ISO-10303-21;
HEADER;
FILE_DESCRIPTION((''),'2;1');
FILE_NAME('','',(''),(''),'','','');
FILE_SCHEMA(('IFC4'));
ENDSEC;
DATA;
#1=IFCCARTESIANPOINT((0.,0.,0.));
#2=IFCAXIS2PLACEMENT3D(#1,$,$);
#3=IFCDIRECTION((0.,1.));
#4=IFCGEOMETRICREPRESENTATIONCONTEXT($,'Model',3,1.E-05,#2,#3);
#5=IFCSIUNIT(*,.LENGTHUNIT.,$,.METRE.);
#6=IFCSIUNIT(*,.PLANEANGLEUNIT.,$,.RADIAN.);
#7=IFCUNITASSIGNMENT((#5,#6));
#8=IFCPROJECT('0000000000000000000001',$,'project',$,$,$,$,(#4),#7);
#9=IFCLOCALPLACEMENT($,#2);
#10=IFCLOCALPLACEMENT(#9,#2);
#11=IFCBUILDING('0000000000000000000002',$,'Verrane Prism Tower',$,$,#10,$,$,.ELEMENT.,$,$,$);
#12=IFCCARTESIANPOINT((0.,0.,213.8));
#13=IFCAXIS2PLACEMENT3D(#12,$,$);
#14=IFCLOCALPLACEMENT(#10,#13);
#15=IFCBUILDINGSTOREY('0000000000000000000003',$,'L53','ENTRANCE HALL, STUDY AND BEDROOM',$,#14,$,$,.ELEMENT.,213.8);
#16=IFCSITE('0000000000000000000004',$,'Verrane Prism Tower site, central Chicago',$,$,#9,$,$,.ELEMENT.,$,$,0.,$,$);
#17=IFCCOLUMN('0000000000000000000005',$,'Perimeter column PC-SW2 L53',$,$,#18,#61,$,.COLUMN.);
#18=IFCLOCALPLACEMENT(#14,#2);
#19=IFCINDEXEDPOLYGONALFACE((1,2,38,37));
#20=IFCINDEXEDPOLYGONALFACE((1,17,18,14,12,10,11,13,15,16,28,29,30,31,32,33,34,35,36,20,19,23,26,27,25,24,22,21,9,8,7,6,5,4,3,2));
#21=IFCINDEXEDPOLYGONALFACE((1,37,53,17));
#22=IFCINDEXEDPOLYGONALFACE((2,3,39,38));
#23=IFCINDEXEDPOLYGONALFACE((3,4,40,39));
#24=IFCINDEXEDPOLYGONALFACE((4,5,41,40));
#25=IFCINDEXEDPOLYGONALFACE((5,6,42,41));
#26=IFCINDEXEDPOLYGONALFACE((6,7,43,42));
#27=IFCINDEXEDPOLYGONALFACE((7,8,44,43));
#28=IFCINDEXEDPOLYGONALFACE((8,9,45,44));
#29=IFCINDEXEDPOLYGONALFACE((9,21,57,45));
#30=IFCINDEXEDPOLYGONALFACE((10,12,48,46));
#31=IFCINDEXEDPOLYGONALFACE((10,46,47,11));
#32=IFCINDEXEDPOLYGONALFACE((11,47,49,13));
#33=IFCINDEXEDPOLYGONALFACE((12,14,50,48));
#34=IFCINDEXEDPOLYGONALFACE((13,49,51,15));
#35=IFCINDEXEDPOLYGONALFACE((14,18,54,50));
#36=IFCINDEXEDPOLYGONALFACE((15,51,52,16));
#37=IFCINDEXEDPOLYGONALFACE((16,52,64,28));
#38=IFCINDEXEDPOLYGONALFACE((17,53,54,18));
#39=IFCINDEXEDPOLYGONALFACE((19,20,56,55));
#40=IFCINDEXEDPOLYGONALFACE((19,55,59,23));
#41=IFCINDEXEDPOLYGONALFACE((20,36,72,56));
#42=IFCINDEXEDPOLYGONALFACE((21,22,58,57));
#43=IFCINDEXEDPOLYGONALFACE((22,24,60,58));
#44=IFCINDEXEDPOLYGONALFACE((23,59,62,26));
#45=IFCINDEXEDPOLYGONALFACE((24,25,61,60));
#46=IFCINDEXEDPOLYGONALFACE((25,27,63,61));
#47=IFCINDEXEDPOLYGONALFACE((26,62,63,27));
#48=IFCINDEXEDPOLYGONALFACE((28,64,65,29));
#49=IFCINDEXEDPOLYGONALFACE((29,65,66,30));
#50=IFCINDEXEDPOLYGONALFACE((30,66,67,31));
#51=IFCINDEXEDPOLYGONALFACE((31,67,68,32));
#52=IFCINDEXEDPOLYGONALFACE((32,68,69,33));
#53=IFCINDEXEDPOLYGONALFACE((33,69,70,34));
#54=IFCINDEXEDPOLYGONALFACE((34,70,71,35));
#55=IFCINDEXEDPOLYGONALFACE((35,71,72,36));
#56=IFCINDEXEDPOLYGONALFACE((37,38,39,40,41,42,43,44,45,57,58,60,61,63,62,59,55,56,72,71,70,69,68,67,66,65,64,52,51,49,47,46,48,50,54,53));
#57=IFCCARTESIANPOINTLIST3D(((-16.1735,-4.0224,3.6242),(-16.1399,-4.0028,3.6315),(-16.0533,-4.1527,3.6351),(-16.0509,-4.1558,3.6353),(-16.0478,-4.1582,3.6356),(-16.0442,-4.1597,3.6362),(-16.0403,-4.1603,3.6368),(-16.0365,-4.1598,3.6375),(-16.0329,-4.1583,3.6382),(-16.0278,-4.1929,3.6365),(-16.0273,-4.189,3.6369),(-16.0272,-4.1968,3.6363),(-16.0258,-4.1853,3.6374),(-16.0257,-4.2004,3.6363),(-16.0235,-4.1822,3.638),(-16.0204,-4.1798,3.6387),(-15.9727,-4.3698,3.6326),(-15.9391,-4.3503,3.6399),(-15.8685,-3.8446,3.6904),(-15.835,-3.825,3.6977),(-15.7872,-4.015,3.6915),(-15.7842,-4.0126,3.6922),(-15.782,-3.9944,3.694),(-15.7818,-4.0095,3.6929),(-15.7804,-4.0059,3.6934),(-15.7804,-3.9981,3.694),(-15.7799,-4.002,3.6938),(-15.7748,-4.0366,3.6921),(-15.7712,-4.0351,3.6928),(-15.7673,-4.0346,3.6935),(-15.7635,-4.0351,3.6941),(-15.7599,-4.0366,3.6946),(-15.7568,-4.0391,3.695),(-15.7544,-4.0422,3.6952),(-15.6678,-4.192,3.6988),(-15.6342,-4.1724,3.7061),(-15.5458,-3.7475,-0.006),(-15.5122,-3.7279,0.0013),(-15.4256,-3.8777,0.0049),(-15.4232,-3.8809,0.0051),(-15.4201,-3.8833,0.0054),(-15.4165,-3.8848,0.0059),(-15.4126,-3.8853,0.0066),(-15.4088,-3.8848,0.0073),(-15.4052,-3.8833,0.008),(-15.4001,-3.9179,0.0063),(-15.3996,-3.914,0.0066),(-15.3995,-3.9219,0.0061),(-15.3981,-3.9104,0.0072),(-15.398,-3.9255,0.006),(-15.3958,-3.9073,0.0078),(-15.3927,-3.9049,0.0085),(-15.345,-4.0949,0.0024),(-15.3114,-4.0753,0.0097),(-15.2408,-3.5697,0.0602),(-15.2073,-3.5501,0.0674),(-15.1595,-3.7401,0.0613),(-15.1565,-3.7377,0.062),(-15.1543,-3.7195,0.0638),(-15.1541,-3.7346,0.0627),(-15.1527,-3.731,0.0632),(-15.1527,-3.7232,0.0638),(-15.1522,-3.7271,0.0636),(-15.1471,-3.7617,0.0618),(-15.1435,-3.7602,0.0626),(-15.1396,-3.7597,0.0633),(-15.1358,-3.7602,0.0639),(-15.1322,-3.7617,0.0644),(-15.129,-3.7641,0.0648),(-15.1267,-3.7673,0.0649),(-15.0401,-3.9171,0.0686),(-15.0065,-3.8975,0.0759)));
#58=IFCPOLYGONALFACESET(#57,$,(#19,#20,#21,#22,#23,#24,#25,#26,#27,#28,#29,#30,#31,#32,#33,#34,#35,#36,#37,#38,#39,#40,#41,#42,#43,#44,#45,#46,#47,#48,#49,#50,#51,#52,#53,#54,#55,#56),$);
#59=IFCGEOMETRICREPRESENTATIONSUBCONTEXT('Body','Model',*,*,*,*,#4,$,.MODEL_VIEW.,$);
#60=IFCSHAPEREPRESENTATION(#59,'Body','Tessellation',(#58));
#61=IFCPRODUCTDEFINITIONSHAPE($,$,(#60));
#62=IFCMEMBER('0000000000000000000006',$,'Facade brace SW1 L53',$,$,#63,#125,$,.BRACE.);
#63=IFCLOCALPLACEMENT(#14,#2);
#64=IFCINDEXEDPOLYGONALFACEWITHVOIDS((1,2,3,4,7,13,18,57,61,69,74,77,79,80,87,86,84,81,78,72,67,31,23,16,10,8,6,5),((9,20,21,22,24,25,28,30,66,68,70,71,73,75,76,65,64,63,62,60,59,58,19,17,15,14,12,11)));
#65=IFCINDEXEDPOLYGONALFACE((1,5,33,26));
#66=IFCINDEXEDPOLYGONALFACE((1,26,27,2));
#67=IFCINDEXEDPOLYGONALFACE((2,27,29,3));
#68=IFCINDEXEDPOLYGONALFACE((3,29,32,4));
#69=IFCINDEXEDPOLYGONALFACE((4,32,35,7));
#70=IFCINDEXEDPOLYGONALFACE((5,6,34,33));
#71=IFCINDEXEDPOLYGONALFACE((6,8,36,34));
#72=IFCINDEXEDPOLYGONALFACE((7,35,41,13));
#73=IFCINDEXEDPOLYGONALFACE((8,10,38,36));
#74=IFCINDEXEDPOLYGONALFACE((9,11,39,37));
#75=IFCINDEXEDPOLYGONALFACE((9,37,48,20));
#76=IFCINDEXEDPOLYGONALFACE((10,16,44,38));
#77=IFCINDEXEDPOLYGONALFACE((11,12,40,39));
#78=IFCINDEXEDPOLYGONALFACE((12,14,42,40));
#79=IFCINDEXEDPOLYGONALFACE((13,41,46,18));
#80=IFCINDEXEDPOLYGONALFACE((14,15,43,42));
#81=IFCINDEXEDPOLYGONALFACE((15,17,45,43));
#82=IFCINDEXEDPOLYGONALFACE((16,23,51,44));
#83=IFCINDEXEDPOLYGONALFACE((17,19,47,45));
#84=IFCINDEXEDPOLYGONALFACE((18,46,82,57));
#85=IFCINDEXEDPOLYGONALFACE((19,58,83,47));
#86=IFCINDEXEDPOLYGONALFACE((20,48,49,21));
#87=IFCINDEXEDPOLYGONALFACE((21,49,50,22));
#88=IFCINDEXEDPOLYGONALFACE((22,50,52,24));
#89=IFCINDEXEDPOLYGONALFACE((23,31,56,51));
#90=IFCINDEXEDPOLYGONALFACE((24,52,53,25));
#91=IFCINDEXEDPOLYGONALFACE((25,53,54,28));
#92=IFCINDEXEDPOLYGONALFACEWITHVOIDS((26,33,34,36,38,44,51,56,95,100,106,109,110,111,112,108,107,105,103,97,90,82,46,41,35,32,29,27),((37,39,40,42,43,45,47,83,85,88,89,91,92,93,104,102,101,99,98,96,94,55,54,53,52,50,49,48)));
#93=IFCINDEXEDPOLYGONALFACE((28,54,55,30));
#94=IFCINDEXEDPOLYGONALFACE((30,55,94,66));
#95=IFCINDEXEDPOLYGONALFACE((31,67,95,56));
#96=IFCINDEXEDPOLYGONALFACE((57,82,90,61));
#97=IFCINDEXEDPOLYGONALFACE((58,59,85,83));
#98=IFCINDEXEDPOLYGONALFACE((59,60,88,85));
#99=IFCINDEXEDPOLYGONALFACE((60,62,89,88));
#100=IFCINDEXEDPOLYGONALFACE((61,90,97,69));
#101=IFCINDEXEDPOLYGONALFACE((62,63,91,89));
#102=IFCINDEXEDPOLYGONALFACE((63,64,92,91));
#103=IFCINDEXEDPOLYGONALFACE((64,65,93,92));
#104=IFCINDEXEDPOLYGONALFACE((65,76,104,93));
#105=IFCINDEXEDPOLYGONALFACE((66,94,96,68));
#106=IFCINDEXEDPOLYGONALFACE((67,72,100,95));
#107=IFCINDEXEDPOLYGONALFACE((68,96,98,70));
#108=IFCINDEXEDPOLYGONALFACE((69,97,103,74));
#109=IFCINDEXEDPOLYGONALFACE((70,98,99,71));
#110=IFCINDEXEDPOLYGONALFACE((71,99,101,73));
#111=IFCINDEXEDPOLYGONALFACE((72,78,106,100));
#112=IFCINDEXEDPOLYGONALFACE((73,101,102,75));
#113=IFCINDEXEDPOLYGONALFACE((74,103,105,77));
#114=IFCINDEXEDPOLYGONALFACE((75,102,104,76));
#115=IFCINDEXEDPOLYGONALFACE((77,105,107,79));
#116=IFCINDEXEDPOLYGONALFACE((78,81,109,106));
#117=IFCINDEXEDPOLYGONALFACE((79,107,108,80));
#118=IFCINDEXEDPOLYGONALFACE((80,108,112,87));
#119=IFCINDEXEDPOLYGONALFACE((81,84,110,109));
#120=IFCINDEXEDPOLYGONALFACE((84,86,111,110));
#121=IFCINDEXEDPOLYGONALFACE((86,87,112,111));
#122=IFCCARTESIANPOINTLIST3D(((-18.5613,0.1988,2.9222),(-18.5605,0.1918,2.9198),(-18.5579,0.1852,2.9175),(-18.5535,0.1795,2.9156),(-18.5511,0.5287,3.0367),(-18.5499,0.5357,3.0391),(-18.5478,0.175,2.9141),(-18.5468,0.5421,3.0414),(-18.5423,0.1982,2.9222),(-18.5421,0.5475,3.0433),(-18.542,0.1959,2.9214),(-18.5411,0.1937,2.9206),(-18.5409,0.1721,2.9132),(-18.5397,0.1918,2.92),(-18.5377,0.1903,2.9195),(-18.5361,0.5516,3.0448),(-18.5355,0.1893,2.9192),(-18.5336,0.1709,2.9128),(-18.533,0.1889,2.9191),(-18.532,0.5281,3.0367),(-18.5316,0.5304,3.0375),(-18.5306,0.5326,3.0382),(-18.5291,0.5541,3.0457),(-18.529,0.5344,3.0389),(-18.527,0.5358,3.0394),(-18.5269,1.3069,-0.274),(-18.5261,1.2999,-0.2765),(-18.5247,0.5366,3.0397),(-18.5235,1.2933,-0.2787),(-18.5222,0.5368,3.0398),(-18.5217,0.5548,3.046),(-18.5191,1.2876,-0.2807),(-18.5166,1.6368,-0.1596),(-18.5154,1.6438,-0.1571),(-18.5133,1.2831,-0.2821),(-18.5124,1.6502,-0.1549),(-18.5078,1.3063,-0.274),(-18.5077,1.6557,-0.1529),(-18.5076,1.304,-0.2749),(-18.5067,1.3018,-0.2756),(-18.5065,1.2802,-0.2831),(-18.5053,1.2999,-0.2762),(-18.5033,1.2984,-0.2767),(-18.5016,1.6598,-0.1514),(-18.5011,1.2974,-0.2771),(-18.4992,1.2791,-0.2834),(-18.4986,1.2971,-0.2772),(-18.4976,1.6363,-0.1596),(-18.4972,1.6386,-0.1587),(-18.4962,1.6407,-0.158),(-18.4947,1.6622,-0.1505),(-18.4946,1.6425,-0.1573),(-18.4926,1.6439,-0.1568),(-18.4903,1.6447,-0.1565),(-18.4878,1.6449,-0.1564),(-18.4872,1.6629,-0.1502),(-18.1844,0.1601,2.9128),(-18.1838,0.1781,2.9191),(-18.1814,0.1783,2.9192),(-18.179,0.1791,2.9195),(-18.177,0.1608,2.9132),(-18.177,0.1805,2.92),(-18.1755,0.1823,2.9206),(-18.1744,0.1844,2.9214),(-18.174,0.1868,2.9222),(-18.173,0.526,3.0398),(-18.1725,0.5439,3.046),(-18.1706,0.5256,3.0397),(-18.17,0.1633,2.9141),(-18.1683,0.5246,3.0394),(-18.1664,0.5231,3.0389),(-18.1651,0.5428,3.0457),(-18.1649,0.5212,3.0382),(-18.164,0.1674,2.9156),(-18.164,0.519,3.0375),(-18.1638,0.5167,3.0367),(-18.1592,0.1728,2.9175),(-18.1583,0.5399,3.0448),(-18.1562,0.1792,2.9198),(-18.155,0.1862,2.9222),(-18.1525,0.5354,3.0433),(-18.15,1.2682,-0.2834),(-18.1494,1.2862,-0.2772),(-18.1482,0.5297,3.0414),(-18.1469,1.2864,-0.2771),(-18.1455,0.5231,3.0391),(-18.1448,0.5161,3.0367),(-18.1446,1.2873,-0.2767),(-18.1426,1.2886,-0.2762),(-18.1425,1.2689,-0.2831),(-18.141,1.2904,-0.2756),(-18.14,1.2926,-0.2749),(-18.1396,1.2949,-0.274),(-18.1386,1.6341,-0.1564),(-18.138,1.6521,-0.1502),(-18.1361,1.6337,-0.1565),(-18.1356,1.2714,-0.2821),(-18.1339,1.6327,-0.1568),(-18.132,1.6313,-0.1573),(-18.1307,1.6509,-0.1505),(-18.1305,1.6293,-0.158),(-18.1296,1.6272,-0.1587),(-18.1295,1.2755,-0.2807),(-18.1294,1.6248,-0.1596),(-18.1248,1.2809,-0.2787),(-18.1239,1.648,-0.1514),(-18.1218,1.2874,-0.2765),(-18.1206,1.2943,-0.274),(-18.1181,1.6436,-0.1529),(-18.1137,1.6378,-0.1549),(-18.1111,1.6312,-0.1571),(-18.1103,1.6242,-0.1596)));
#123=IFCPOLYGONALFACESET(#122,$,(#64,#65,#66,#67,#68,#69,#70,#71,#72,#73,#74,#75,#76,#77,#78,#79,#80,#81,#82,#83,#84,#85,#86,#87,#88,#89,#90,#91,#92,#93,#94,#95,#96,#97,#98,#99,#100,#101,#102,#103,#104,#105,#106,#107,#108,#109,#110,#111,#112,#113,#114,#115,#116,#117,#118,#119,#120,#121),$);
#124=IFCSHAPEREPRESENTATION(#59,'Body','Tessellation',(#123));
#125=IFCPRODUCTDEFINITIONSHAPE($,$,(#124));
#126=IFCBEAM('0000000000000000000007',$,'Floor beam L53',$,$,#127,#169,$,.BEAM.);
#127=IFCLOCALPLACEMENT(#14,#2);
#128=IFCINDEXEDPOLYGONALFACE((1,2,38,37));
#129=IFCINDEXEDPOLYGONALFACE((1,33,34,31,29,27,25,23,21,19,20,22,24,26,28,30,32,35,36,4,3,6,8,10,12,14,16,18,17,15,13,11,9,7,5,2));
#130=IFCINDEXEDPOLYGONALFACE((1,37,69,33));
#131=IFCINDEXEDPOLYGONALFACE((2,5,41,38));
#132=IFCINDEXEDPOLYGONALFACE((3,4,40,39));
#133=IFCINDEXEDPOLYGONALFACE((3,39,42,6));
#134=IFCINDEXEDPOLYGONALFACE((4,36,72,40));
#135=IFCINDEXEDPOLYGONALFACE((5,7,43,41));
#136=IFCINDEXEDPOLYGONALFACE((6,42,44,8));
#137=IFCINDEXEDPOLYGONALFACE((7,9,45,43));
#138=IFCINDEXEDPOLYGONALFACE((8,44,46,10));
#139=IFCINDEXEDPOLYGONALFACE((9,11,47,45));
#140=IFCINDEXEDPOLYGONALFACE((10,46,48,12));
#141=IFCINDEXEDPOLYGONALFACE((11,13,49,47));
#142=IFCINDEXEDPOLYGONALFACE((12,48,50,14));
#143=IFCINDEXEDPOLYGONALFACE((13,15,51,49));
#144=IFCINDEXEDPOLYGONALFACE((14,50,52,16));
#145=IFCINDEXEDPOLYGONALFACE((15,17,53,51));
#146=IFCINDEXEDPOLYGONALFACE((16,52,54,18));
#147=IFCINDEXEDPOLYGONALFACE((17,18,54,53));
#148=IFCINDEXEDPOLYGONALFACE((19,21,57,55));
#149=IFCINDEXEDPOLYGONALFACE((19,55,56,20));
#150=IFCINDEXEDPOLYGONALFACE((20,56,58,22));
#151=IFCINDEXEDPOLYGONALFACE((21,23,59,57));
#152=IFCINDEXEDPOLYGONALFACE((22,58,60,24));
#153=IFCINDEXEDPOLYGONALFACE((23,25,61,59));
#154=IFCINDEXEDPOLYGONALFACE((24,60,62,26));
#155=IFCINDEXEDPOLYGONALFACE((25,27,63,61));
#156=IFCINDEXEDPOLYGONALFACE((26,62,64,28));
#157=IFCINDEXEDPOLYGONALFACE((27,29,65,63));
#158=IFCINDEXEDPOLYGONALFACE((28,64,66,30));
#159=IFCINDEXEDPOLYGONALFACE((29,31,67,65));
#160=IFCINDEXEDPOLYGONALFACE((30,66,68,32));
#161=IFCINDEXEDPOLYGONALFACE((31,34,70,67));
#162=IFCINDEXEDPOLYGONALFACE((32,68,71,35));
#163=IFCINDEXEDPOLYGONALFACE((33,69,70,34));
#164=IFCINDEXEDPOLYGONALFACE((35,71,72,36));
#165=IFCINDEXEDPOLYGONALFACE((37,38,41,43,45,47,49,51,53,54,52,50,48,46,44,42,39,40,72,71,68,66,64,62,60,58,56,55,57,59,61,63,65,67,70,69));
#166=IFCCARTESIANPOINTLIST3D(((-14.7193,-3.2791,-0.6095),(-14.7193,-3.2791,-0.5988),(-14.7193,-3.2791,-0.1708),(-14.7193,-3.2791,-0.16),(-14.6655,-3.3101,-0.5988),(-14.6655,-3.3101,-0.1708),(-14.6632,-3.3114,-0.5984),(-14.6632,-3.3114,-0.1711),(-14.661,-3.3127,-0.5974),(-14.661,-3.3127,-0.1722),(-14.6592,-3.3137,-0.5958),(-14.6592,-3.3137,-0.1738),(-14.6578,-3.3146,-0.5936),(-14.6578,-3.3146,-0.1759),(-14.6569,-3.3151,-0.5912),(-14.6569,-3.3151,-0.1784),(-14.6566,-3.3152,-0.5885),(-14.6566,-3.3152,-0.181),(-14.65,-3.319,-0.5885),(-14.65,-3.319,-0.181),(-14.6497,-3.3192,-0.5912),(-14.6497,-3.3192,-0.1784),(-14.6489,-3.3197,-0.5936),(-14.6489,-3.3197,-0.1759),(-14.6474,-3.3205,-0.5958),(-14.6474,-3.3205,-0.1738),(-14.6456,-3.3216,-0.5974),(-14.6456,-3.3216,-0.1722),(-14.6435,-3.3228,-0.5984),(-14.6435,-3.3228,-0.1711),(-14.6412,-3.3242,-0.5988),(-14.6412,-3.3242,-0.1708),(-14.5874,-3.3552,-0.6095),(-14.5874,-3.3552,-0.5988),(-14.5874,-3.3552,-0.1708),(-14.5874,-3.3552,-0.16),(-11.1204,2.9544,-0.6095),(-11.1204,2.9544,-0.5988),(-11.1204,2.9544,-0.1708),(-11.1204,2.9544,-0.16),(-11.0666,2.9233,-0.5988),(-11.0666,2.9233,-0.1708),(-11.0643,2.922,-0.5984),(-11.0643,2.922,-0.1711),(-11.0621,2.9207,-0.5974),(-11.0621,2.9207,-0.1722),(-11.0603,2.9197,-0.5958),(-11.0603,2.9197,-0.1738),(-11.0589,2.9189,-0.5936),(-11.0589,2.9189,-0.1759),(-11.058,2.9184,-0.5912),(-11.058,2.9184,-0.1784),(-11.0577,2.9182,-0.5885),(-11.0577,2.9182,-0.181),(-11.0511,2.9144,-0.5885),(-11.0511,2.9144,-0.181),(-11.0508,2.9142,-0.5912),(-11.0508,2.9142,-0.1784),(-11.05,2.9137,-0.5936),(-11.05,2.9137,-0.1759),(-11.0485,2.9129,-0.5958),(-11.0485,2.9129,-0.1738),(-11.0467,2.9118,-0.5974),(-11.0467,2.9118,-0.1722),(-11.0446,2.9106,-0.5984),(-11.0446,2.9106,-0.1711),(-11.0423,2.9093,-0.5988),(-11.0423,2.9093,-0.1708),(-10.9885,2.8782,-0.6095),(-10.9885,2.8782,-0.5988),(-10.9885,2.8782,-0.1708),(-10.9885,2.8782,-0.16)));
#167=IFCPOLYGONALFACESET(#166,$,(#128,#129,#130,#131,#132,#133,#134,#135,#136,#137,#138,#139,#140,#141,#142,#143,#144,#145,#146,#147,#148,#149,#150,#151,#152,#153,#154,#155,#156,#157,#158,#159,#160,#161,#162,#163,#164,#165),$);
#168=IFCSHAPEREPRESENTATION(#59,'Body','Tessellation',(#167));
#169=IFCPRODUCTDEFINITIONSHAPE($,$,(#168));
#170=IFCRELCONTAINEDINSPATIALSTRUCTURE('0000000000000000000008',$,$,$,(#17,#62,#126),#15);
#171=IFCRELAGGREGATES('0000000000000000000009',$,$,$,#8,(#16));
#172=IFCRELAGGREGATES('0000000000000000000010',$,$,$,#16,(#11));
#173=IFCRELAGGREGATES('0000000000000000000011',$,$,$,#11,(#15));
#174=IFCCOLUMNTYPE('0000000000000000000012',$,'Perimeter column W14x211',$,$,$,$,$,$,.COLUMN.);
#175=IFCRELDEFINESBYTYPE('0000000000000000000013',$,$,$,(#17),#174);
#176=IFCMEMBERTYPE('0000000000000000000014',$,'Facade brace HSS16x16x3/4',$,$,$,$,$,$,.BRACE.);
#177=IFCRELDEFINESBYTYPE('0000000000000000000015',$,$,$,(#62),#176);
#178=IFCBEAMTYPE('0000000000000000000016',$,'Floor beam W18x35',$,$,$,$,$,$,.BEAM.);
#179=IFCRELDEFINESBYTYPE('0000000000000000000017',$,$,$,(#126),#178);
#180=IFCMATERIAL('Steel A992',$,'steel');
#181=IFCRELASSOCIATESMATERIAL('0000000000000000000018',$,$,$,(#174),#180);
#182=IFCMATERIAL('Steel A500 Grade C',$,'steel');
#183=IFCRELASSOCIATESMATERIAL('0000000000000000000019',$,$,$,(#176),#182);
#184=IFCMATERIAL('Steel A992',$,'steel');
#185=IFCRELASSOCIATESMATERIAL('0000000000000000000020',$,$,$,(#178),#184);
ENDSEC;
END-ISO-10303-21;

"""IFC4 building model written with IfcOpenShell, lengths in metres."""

from ifc_helpers import new_model, si_unit, direction, frame, origin, origin_2d, place, context, subcontext, project, spatial, hollow_rectangle, i_section, extrude, material, material_profile, profile_set, type_object, element, save


model = new_model("IFC4")

# Units and contexts
model_context = context("Model", 3, precision=1e-05, world=origin(), true_north=direction((0.0, 1.0)))
body_context = subcontext(model_context, "Body", "Model", "MODEL_VIEW")
ifc_project = project(units=[si_unit("LENGTHUNIT", "METRE"), si_unit("PLANEANGLEUNIT", "RADIAN")], contexts=[model_context])

# Site, building, storey
site_placement = place(None, origin())
site = spatial("IfcSite", under=ifc_project, at=site_placement, Name="Verrane Prism Tower site, central Chicago", CompositionType="ELEMENT", RefElevation=0.0)
building_placement = place(site_placement, origin())
building = spatial("IfcBuilding", under=site, at=building_placement, Name="Verrane Prism Tower", CompositionType="ELEMENT")
storey_placement = place(building_placement, frame((0.0, 0.0, 213.8)))
storey = spatial("IfcBuildingStorey", under=building, at=storey_placement, Name="L53", Description="ENTRANCE HALL, STUDY AND BEDROOM", CompositionType="ELEMENT", Elevation=213.8)

# Column
ifc_material_1 = material(Name="Steel A992", Category="steel")
ifc_material_profile_1 = material_profile(ifc_material_1, i_section(OverallWidth=0.4014, OverallDepth=0.3987, WebThickness=0.0249, FlangeThickness=0.0396, FilletRadius=0.0151, at=origin_2d()), Name="W14x211")
ifc_profile_set_1 = profile_set([ifc_material_profile_1], Name="Steel A992")
column_type = type_object("IfcColumnType", Name="Perimeter column W14x211", PredefinedType="COLUMN", material=ifc_profile_set_1)
column_placement = place(storey_placement, frame((-15.2761, -3.8225, 0.0349), z_axis=(-0.169909, -0.074414, 0.982646), x_axis=(-0.500226, 0.865642, -0.020941)))
element("IfcColumn", 1, at=column_placement, inside=storey, type_object=column_type, Name="Perimeter column PC-SW2 L53", PredefinedType="COLUMN", context=body_context, shape_type="SweptSolid", body=[
    extrude(i_section(OverallWidth=0.4014, OverallDepth=0.3987, WebThickness=0.0249, FlangeThickness=0.0396, FilletRadius=0.0151, at=origin_2d()), origin(), (0.0, 0.0, 1.0), 3.6943),
])

# Member
ifc_material_2 = material(Name="Steel A500 Grade C", Category="steel")
ifc_material_profile_2 = material_profile(ifc_material_2, hollow_rectangle(XDim=0.4065, YDim=0.4065, WallThickness=0.019, InnerFilletRadius=0.0095, OuterFilletRadius=0.0286, at=origin_2d()), Name="HSS16x16x3/4")
ifc_profile_set_2 = profile_set([ifc_material_profile_2], Name="Steel A500 Grade C")
member_type_1 = type_object("IfcMemberType", Name="Facade brace HSS16x16x3/4", PredefinedType="BRACE", material=ifc_profile_set_2)
member_1_placement = place(storey_placement, frame((-18.3186, 1.4656, -0.2168), z_axis=(-0.010175, -0.327555, 0.944777), x_axis=(0.999518, -0.031049, 0.0)))
element("IfcMember", 2, at=member_1_placement, inside=storey, type_object=member_type_1, Name="Facade brace SW1 L53", PredefinedType="BRACE", context=body_context, shape_type="SweptSolid", body=[
    extrude(hollow_rectangle(XDim=0.4065, YDim=0.4065, WallThickness=0.019, InnerFilletRadius=0.0095, OuterFilletRadius=0.0286, at=origin_2d()), origin(), (0.0, 0.0, 1.0), 3.3831),
])

# Beam
ifc_material_3 = material(Name="Steel A992", Category="steel")
ifc_material_profile_3 = material_profile(ifc_material_3, i_section(OverallWidth=0.1523, OverallDepth=0.4495, WebThickness=0.0076, FlangeThickness=0.0107, FilletRadius=0.0103, at=origin_2d()), Name="W18x35")
ifc_profile_set_3 = profile_set([ifc_material_profile_3], Name="Steel A992")
beam_type_1 = type_object("IfcBeamType", Name="Floor beam W18x35", PredefinedType="BEAM", material=ifc_profile_set_3)
beam_1_placement = place(storey_placement, frame((-14.6533, -3.3171, -0.3848), z_axis=(0.500002, 0.866024, 0.0), x_axis=(-0.866024, 0.500002, 0.0)))
element("IfcBeam", 3, at=beam_1_placement, inside=storey, type_object=beam_type_1, Name="Floor beam L53", PredefinedType="BEAM", context=body_context, shape_type="SweptSolid", body=[
    extrude(i_section(OverallWidth=0.1523, OverallDepth=0.4495, WebThickness=0.0076, FlangeThickness=0.0107, FilletRadius=0.0103, at=origin_2d()), origin(), (0.0, 0.0, 1.0), 7.1978),
])

save(model, "model.ifc")
